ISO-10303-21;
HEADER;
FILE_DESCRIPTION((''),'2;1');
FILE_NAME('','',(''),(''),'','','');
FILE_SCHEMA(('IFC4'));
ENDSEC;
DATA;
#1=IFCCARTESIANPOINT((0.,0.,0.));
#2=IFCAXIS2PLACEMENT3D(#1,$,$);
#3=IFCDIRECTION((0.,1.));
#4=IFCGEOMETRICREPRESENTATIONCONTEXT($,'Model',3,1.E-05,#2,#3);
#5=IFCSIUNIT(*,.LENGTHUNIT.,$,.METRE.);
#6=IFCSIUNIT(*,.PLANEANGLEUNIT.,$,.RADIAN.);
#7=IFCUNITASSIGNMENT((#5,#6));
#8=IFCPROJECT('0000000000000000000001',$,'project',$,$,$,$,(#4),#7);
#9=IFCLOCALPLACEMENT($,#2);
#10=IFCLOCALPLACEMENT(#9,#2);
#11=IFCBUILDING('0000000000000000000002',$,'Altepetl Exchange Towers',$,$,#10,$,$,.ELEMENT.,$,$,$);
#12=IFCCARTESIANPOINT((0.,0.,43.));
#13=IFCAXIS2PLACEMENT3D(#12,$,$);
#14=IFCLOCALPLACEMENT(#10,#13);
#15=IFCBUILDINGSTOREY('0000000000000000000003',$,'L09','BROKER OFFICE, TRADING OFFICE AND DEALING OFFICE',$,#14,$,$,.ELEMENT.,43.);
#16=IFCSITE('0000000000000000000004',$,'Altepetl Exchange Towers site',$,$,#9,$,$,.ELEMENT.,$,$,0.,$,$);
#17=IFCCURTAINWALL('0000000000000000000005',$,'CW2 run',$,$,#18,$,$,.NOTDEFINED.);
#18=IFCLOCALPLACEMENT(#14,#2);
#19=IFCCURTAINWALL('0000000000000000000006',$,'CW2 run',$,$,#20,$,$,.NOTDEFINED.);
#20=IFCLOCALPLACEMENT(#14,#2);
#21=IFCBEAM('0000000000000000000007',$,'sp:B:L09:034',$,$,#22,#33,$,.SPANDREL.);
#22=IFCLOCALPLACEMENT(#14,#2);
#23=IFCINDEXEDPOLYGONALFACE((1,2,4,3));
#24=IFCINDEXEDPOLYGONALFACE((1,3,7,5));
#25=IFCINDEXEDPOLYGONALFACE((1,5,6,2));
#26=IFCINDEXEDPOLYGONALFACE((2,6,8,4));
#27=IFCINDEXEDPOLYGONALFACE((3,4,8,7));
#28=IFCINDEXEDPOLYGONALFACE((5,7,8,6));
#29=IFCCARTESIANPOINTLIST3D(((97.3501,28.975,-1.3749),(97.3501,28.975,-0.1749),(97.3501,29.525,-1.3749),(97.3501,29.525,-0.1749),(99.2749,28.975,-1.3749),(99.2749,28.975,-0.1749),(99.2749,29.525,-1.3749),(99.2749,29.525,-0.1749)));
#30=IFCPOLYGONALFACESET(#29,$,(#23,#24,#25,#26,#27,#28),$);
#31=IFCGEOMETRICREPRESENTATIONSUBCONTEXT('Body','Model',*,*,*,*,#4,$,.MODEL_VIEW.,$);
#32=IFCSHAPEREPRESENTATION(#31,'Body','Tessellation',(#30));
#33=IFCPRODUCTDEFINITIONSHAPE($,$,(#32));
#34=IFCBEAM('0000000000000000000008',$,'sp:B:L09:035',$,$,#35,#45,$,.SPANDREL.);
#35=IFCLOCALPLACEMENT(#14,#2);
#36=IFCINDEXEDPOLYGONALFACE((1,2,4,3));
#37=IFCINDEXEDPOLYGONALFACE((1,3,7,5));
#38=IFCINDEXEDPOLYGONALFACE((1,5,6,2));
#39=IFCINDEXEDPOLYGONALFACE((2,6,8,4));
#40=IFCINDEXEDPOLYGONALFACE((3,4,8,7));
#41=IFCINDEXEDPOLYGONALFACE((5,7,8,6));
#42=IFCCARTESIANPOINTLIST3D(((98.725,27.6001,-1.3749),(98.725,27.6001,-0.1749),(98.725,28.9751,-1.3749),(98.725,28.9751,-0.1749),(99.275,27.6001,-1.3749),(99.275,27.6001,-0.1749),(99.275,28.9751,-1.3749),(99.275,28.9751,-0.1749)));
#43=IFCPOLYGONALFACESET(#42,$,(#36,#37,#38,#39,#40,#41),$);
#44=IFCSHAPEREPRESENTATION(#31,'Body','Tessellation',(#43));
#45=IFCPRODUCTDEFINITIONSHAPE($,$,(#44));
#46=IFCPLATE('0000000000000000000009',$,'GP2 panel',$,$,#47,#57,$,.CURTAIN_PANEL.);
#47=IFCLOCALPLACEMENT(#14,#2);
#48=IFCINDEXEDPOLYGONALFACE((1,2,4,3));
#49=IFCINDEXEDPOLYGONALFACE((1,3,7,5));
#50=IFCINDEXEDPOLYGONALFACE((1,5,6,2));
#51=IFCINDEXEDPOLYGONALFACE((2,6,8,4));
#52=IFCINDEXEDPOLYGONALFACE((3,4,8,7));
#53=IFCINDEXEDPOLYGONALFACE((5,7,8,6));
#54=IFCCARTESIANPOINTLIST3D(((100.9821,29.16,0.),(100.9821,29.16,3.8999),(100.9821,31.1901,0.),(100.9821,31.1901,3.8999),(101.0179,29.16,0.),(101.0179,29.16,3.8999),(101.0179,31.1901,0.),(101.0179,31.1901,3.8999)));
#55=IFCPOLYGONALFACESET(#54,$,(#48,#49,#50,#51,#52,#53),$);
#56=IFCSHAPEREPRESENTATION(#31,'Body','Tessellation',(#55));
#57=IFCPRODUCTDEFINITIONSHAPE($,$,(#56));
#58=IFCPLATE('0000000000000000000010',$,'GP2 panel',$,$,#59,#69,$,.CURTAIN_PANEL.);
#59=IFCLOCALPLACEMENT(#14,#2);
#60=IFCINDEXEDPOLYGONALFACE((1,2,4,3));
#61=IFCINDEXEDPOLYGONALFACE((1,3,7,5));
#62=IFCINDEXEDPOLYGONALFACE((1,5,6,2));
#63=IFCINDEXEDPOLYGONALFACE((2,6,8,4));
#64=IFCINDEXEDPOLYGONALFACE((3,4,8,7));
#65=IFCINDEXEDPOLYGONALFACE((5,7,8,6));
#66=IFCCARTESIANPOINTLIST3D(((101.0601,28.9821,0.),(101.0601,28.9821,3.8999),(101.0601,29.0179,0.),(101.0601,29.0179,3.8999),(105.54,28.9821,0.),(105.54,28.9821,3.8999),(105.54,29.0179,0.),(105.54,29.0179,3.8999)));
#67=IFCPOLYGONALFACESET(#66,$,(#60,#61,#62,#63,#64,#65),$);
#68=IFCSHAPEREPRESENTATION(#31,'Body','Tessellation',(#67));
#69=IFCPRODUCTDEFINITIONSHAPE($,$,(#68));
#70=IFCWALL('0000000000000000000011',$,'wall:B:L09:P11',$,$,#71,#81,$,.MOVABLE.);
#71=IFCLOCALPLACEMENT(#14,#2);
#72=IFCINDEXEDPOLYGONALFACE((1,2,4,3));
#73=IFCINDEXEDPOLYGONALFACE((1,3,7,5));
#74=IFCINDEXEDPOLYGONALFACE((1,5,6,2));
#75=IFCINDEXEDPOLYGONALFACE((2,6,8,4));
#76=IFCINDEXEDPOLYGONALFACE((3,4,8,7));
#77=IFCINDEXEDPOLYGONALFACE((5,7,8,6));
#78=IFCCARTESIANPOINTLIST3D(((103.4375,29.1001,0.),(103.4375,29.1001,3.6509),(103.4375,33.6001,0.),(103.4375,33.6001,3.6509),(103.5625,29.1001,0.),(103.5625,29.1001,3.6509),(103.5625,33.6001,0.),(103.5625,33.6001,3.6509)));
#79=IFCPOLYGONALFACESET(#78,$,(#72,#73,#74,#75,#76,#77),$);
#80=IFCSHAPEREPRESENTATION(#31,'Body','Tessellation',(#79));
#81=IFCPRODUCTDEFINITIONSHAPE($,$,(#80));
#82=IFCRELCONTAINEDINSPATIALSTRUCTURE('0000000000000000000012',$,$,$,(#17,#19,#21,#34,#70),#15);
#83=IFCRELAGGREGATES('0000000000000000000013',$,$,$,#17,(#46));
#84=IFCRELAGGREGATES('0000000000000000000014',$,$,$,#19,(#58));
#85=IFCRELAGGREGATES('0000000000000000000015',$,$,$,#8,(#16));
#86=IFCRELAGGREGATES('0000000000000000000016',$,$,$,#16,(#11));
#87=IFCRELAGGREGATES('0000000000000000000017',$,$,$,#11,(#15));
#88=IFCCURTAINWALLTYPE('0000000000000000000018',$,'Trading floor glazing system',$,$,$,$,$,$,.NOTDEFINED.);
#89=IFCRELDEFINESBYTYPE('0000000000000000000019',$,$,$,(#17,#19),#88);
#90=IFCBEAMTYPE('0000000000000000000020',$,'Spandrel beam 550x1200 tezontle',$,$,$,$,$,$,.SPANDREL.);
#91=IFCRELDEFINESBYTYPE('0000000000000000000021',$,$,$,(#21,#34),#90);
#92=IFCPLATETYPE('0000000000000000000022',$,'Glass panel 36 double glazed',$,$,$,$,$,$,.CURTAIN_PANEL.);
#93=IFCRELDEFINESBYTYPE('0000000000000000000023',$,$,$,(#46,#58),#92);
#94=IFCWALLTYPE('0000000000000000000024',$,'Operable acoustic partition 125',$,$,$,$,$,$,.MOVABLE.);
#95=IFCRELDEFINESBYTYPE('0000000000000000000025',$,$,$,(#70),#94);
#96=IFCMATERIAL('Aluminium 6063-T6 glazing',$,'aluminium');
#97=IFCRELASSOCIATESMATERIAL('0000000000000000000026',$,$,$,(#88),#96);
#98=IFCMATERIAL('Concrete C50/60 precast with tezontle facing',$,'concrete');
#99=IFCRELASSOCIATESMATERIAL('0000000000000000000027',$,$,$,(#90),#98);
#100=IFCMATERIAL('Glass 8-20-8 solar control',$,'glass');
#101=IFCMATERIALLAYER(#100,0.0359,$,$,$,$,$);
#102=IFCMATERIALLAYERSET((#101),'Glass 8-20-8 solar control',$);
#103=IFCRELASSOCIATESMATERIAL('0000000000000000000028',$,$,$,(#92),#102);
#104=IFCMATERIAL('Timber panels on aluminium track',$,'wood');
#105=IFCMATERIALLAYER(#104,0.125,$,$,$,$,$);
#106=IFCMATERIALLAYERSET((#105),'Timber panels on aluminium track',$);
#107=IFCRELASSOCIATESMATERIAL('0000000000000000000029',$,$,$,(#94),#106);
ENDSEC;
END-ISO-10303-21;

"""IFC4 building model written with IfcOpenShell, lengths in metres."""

from ifc_helpers import new_model, si_unit, direction, frame, frame_2d, origin, origin_2d, place, context, subcontext, project, spatial, rectangle, extrude, material, layer, layer_set, material_profile, profile_set, type_object, element, aggregate, save


model = new_model("IFC4")

# Units and contexts
model_context = context("Model", 3, precision=1e-05, world=origin(), true_north=direction((0.0, 1.0)))
body_context = subcontext(model_context, "Body", "Model", "MODEL_VIEW")
ifc_project = project(units=[si_unit("LENGTHUNIT", "METRE"), si_unit("PLANEANGLEUNIT", "RADIAN")], contexts=[model_context])

# Site, building, storey
site_placement = place(None, origin())
site = spatial("IfcSite", under=ifc_project, at=site_placement, Name="Altepetl Exchange Towers site", CompositionType="ELEMENT", RefElevation=0.0)
building_placement = place(site_placement, origin())
building = spatial("IfcBuilding", under=site, at=building_placement, Name="Altepetl Exchange Towers", CompositionType="ELEMENT")
storey_placement = place(building_placement, frame((0.0, 0.0, 43.0)))
storey = spatial("IfcBuildingStorey", under=building, at=storey_placement, Name="L09", Description="BROKER OFFICE, TRADING OFFICE AND DEALING OFFICE", CompositionType="ELEMENT", Elevation=43.0)

# Shared definitions
ifc_material_1 = material(Name="Aluminium 6063-T6 glazing", Category="aluminium")
curtain_wall_type = type_object("IfcCurtainWallType", Name="Trading floor glazing system", PredefinedType="NOTDEFINED", material=ifc_material_1)

# Curtain wall
curtain_wall_1_placement = place(storey_placement, origin())
curtain_wall_1 = element("IfcCurtainWall", 1, at=curtain_wall_1_placement, inside=storey, type_object=curtain_wall_type, Name="CW2 run", PredefinedType="NOTDEFINED")

# Curtain wall
curtain_wall_2_placement = place(storey_placement, origin())
curtain_wall_2 = element("IfcCurtainWall", 2, at=curtain_wall_2_placement, inside=storey, type_object=curtain_wall_type, Name="CW2 run", PredefinedType="NOTDEFINED")

# Beams
ifc_material_2 = material(Name="Concrete C50/60 precast with tezontle facing", Category="concrete")
ifc_material_profile_1 = material_profile(ifc_material_2, rectangle(XDim=0.55, YDim=1.2, at=origin_2d()), Name="550 x 1200")
ifc_profile_set_1 = profile_set([ifc_material_profile_1], Name="Concrete C50/60 precast with tezontle facing")
beam_type_1 = type_object("IfcBeamType", Name="Spandrel beam 550x1200 tezontle", PredefinedType="SPANDREL", material=ifc_profile_set_1)
beam_1_placement = place(storey_placement, frame((97.3501, 29.25, -0.7749), z_axis=(1.0, 0.0, 0.0), x_axis=(0.0, 1.0, 0.0)))
element("IfcBeam", 3, at=beam_1_placement, inside=storey, type_object=beam_type_1, Name="sp:B:L09:034", PredefinedType="SPANDREL", context=body_context, shape_type="SweptSolid", body=[
    extrude(rectangle(XDim=0.55, YDim=1.2, at=origin_2d()), origin(), (0.0, 0.0, 1.0), 1.9248),
])
beam_2_placement = place(storey_placement, frame((99.0, 28.9751, -0.7749), z_axis=(0.0, -1.0, 0.0), x_axis=(1.0, 0.0, 0.0)))
element("IfcBeam", 4, at=beam_2_placement, inside=storey, type_object=beam_type_1, Name="sp:B:L09:035", PredefinedType="SPANDREL", context=body_context, shape_type="SweptSolid", body=[
    extrude(rectangle(XDim=0.55, YDim=1.2, at=origin_2d()), origin(), (0.0, 0.0, 1.0), 1.375),
])

# Plates
ifc_material_3 = material(Name="Glass 8-20-8 solar control", Category="glass")
ifc_layer_1 = layer(ifc_material_3, 0.0359)
ifc_layer_set_1 = layer_set([ifc_layer_1], Name="Glass 8-20-8 solar control")
plate_type = type_object("IfcPlateType", Name="Glass panel 36 double glazed", PredefinedType="CURTAIN_PANEL", material=ifc_layer_set_1)
plate_1_placement = place(storey_placement, frame((101.0, 30.175, 0.0), z_axis=(0.0, 0.0, 1.0), x_axis=(0.0, -1.0, 0.0)))
plate_1 = element("IfcPlate", 5, at=plate_1_placement, type_object=plate_type, Name="GP2 panel", PredefinedType="CURTAIN_PANEL", context=body_context, shape_type="SweptSolid", body=[
    extrude(rectangle(XDim=2.03, YDim=0.0359, at=origin_2d()), origin(), (0.0, 0.0, 1.0), 3.8999),
])
aggregate(curtain_wall_1, [plate_1])
plate_2_placement = place(storey_placement, frame((103.3, 29.0, 0.0)))
plate_2 = element("IfcPlate", 6, at=plate_2_placement, type_object=plate_type, Name="GP2 panel", PredefinedType="CURTAIN_PANEL", context=body_context, shape_type="SweptSolid", body=[
    extrude(rectangle(XDim=4.48, YDim=0.0359, at=origin_2d()), origin(), (0.0, 0.0, 1.0), 3.8999),
])
aggregate(curtain_wall_2, [plate_2])

# Wall
ifc_material_4 = material(Name="Timber panels on aluminium track", Category="wood")
ifc_layer_2 = layer(ifc_material_4, 0.125)
ifc_layer_set_2 = layer_set([ifc_layer_2], Name="Timber panels on aluminium track")
wall_type = type_object("IfcWallType", Name="Operable acoustic partition 125", PredefinedType="MOVABLE", material=ifc_layer_set_2)
wall_placement = place(storey_placement, frame((103.5, 29.1001, 0.0), z_axis=(0.0, 0.0, 1.0), x_axis=(0.0, 1.0, 0.0)))
element("IfcWall", 7, at=wall_placement, inside=storey, type_object=wall_type, Name="wall:B:L09:P11", PredefinedType="MOVABLE", context=body_context, shape_type="SweptSolid", body=[
    extrude(rectangle(XDim=4.5, YDim=0.125, at=frame_2d((2.25, 0.0))), origin(), (0.0, 0.0, 1.0), 3.6509),
])

save(model, "model.ifc")
